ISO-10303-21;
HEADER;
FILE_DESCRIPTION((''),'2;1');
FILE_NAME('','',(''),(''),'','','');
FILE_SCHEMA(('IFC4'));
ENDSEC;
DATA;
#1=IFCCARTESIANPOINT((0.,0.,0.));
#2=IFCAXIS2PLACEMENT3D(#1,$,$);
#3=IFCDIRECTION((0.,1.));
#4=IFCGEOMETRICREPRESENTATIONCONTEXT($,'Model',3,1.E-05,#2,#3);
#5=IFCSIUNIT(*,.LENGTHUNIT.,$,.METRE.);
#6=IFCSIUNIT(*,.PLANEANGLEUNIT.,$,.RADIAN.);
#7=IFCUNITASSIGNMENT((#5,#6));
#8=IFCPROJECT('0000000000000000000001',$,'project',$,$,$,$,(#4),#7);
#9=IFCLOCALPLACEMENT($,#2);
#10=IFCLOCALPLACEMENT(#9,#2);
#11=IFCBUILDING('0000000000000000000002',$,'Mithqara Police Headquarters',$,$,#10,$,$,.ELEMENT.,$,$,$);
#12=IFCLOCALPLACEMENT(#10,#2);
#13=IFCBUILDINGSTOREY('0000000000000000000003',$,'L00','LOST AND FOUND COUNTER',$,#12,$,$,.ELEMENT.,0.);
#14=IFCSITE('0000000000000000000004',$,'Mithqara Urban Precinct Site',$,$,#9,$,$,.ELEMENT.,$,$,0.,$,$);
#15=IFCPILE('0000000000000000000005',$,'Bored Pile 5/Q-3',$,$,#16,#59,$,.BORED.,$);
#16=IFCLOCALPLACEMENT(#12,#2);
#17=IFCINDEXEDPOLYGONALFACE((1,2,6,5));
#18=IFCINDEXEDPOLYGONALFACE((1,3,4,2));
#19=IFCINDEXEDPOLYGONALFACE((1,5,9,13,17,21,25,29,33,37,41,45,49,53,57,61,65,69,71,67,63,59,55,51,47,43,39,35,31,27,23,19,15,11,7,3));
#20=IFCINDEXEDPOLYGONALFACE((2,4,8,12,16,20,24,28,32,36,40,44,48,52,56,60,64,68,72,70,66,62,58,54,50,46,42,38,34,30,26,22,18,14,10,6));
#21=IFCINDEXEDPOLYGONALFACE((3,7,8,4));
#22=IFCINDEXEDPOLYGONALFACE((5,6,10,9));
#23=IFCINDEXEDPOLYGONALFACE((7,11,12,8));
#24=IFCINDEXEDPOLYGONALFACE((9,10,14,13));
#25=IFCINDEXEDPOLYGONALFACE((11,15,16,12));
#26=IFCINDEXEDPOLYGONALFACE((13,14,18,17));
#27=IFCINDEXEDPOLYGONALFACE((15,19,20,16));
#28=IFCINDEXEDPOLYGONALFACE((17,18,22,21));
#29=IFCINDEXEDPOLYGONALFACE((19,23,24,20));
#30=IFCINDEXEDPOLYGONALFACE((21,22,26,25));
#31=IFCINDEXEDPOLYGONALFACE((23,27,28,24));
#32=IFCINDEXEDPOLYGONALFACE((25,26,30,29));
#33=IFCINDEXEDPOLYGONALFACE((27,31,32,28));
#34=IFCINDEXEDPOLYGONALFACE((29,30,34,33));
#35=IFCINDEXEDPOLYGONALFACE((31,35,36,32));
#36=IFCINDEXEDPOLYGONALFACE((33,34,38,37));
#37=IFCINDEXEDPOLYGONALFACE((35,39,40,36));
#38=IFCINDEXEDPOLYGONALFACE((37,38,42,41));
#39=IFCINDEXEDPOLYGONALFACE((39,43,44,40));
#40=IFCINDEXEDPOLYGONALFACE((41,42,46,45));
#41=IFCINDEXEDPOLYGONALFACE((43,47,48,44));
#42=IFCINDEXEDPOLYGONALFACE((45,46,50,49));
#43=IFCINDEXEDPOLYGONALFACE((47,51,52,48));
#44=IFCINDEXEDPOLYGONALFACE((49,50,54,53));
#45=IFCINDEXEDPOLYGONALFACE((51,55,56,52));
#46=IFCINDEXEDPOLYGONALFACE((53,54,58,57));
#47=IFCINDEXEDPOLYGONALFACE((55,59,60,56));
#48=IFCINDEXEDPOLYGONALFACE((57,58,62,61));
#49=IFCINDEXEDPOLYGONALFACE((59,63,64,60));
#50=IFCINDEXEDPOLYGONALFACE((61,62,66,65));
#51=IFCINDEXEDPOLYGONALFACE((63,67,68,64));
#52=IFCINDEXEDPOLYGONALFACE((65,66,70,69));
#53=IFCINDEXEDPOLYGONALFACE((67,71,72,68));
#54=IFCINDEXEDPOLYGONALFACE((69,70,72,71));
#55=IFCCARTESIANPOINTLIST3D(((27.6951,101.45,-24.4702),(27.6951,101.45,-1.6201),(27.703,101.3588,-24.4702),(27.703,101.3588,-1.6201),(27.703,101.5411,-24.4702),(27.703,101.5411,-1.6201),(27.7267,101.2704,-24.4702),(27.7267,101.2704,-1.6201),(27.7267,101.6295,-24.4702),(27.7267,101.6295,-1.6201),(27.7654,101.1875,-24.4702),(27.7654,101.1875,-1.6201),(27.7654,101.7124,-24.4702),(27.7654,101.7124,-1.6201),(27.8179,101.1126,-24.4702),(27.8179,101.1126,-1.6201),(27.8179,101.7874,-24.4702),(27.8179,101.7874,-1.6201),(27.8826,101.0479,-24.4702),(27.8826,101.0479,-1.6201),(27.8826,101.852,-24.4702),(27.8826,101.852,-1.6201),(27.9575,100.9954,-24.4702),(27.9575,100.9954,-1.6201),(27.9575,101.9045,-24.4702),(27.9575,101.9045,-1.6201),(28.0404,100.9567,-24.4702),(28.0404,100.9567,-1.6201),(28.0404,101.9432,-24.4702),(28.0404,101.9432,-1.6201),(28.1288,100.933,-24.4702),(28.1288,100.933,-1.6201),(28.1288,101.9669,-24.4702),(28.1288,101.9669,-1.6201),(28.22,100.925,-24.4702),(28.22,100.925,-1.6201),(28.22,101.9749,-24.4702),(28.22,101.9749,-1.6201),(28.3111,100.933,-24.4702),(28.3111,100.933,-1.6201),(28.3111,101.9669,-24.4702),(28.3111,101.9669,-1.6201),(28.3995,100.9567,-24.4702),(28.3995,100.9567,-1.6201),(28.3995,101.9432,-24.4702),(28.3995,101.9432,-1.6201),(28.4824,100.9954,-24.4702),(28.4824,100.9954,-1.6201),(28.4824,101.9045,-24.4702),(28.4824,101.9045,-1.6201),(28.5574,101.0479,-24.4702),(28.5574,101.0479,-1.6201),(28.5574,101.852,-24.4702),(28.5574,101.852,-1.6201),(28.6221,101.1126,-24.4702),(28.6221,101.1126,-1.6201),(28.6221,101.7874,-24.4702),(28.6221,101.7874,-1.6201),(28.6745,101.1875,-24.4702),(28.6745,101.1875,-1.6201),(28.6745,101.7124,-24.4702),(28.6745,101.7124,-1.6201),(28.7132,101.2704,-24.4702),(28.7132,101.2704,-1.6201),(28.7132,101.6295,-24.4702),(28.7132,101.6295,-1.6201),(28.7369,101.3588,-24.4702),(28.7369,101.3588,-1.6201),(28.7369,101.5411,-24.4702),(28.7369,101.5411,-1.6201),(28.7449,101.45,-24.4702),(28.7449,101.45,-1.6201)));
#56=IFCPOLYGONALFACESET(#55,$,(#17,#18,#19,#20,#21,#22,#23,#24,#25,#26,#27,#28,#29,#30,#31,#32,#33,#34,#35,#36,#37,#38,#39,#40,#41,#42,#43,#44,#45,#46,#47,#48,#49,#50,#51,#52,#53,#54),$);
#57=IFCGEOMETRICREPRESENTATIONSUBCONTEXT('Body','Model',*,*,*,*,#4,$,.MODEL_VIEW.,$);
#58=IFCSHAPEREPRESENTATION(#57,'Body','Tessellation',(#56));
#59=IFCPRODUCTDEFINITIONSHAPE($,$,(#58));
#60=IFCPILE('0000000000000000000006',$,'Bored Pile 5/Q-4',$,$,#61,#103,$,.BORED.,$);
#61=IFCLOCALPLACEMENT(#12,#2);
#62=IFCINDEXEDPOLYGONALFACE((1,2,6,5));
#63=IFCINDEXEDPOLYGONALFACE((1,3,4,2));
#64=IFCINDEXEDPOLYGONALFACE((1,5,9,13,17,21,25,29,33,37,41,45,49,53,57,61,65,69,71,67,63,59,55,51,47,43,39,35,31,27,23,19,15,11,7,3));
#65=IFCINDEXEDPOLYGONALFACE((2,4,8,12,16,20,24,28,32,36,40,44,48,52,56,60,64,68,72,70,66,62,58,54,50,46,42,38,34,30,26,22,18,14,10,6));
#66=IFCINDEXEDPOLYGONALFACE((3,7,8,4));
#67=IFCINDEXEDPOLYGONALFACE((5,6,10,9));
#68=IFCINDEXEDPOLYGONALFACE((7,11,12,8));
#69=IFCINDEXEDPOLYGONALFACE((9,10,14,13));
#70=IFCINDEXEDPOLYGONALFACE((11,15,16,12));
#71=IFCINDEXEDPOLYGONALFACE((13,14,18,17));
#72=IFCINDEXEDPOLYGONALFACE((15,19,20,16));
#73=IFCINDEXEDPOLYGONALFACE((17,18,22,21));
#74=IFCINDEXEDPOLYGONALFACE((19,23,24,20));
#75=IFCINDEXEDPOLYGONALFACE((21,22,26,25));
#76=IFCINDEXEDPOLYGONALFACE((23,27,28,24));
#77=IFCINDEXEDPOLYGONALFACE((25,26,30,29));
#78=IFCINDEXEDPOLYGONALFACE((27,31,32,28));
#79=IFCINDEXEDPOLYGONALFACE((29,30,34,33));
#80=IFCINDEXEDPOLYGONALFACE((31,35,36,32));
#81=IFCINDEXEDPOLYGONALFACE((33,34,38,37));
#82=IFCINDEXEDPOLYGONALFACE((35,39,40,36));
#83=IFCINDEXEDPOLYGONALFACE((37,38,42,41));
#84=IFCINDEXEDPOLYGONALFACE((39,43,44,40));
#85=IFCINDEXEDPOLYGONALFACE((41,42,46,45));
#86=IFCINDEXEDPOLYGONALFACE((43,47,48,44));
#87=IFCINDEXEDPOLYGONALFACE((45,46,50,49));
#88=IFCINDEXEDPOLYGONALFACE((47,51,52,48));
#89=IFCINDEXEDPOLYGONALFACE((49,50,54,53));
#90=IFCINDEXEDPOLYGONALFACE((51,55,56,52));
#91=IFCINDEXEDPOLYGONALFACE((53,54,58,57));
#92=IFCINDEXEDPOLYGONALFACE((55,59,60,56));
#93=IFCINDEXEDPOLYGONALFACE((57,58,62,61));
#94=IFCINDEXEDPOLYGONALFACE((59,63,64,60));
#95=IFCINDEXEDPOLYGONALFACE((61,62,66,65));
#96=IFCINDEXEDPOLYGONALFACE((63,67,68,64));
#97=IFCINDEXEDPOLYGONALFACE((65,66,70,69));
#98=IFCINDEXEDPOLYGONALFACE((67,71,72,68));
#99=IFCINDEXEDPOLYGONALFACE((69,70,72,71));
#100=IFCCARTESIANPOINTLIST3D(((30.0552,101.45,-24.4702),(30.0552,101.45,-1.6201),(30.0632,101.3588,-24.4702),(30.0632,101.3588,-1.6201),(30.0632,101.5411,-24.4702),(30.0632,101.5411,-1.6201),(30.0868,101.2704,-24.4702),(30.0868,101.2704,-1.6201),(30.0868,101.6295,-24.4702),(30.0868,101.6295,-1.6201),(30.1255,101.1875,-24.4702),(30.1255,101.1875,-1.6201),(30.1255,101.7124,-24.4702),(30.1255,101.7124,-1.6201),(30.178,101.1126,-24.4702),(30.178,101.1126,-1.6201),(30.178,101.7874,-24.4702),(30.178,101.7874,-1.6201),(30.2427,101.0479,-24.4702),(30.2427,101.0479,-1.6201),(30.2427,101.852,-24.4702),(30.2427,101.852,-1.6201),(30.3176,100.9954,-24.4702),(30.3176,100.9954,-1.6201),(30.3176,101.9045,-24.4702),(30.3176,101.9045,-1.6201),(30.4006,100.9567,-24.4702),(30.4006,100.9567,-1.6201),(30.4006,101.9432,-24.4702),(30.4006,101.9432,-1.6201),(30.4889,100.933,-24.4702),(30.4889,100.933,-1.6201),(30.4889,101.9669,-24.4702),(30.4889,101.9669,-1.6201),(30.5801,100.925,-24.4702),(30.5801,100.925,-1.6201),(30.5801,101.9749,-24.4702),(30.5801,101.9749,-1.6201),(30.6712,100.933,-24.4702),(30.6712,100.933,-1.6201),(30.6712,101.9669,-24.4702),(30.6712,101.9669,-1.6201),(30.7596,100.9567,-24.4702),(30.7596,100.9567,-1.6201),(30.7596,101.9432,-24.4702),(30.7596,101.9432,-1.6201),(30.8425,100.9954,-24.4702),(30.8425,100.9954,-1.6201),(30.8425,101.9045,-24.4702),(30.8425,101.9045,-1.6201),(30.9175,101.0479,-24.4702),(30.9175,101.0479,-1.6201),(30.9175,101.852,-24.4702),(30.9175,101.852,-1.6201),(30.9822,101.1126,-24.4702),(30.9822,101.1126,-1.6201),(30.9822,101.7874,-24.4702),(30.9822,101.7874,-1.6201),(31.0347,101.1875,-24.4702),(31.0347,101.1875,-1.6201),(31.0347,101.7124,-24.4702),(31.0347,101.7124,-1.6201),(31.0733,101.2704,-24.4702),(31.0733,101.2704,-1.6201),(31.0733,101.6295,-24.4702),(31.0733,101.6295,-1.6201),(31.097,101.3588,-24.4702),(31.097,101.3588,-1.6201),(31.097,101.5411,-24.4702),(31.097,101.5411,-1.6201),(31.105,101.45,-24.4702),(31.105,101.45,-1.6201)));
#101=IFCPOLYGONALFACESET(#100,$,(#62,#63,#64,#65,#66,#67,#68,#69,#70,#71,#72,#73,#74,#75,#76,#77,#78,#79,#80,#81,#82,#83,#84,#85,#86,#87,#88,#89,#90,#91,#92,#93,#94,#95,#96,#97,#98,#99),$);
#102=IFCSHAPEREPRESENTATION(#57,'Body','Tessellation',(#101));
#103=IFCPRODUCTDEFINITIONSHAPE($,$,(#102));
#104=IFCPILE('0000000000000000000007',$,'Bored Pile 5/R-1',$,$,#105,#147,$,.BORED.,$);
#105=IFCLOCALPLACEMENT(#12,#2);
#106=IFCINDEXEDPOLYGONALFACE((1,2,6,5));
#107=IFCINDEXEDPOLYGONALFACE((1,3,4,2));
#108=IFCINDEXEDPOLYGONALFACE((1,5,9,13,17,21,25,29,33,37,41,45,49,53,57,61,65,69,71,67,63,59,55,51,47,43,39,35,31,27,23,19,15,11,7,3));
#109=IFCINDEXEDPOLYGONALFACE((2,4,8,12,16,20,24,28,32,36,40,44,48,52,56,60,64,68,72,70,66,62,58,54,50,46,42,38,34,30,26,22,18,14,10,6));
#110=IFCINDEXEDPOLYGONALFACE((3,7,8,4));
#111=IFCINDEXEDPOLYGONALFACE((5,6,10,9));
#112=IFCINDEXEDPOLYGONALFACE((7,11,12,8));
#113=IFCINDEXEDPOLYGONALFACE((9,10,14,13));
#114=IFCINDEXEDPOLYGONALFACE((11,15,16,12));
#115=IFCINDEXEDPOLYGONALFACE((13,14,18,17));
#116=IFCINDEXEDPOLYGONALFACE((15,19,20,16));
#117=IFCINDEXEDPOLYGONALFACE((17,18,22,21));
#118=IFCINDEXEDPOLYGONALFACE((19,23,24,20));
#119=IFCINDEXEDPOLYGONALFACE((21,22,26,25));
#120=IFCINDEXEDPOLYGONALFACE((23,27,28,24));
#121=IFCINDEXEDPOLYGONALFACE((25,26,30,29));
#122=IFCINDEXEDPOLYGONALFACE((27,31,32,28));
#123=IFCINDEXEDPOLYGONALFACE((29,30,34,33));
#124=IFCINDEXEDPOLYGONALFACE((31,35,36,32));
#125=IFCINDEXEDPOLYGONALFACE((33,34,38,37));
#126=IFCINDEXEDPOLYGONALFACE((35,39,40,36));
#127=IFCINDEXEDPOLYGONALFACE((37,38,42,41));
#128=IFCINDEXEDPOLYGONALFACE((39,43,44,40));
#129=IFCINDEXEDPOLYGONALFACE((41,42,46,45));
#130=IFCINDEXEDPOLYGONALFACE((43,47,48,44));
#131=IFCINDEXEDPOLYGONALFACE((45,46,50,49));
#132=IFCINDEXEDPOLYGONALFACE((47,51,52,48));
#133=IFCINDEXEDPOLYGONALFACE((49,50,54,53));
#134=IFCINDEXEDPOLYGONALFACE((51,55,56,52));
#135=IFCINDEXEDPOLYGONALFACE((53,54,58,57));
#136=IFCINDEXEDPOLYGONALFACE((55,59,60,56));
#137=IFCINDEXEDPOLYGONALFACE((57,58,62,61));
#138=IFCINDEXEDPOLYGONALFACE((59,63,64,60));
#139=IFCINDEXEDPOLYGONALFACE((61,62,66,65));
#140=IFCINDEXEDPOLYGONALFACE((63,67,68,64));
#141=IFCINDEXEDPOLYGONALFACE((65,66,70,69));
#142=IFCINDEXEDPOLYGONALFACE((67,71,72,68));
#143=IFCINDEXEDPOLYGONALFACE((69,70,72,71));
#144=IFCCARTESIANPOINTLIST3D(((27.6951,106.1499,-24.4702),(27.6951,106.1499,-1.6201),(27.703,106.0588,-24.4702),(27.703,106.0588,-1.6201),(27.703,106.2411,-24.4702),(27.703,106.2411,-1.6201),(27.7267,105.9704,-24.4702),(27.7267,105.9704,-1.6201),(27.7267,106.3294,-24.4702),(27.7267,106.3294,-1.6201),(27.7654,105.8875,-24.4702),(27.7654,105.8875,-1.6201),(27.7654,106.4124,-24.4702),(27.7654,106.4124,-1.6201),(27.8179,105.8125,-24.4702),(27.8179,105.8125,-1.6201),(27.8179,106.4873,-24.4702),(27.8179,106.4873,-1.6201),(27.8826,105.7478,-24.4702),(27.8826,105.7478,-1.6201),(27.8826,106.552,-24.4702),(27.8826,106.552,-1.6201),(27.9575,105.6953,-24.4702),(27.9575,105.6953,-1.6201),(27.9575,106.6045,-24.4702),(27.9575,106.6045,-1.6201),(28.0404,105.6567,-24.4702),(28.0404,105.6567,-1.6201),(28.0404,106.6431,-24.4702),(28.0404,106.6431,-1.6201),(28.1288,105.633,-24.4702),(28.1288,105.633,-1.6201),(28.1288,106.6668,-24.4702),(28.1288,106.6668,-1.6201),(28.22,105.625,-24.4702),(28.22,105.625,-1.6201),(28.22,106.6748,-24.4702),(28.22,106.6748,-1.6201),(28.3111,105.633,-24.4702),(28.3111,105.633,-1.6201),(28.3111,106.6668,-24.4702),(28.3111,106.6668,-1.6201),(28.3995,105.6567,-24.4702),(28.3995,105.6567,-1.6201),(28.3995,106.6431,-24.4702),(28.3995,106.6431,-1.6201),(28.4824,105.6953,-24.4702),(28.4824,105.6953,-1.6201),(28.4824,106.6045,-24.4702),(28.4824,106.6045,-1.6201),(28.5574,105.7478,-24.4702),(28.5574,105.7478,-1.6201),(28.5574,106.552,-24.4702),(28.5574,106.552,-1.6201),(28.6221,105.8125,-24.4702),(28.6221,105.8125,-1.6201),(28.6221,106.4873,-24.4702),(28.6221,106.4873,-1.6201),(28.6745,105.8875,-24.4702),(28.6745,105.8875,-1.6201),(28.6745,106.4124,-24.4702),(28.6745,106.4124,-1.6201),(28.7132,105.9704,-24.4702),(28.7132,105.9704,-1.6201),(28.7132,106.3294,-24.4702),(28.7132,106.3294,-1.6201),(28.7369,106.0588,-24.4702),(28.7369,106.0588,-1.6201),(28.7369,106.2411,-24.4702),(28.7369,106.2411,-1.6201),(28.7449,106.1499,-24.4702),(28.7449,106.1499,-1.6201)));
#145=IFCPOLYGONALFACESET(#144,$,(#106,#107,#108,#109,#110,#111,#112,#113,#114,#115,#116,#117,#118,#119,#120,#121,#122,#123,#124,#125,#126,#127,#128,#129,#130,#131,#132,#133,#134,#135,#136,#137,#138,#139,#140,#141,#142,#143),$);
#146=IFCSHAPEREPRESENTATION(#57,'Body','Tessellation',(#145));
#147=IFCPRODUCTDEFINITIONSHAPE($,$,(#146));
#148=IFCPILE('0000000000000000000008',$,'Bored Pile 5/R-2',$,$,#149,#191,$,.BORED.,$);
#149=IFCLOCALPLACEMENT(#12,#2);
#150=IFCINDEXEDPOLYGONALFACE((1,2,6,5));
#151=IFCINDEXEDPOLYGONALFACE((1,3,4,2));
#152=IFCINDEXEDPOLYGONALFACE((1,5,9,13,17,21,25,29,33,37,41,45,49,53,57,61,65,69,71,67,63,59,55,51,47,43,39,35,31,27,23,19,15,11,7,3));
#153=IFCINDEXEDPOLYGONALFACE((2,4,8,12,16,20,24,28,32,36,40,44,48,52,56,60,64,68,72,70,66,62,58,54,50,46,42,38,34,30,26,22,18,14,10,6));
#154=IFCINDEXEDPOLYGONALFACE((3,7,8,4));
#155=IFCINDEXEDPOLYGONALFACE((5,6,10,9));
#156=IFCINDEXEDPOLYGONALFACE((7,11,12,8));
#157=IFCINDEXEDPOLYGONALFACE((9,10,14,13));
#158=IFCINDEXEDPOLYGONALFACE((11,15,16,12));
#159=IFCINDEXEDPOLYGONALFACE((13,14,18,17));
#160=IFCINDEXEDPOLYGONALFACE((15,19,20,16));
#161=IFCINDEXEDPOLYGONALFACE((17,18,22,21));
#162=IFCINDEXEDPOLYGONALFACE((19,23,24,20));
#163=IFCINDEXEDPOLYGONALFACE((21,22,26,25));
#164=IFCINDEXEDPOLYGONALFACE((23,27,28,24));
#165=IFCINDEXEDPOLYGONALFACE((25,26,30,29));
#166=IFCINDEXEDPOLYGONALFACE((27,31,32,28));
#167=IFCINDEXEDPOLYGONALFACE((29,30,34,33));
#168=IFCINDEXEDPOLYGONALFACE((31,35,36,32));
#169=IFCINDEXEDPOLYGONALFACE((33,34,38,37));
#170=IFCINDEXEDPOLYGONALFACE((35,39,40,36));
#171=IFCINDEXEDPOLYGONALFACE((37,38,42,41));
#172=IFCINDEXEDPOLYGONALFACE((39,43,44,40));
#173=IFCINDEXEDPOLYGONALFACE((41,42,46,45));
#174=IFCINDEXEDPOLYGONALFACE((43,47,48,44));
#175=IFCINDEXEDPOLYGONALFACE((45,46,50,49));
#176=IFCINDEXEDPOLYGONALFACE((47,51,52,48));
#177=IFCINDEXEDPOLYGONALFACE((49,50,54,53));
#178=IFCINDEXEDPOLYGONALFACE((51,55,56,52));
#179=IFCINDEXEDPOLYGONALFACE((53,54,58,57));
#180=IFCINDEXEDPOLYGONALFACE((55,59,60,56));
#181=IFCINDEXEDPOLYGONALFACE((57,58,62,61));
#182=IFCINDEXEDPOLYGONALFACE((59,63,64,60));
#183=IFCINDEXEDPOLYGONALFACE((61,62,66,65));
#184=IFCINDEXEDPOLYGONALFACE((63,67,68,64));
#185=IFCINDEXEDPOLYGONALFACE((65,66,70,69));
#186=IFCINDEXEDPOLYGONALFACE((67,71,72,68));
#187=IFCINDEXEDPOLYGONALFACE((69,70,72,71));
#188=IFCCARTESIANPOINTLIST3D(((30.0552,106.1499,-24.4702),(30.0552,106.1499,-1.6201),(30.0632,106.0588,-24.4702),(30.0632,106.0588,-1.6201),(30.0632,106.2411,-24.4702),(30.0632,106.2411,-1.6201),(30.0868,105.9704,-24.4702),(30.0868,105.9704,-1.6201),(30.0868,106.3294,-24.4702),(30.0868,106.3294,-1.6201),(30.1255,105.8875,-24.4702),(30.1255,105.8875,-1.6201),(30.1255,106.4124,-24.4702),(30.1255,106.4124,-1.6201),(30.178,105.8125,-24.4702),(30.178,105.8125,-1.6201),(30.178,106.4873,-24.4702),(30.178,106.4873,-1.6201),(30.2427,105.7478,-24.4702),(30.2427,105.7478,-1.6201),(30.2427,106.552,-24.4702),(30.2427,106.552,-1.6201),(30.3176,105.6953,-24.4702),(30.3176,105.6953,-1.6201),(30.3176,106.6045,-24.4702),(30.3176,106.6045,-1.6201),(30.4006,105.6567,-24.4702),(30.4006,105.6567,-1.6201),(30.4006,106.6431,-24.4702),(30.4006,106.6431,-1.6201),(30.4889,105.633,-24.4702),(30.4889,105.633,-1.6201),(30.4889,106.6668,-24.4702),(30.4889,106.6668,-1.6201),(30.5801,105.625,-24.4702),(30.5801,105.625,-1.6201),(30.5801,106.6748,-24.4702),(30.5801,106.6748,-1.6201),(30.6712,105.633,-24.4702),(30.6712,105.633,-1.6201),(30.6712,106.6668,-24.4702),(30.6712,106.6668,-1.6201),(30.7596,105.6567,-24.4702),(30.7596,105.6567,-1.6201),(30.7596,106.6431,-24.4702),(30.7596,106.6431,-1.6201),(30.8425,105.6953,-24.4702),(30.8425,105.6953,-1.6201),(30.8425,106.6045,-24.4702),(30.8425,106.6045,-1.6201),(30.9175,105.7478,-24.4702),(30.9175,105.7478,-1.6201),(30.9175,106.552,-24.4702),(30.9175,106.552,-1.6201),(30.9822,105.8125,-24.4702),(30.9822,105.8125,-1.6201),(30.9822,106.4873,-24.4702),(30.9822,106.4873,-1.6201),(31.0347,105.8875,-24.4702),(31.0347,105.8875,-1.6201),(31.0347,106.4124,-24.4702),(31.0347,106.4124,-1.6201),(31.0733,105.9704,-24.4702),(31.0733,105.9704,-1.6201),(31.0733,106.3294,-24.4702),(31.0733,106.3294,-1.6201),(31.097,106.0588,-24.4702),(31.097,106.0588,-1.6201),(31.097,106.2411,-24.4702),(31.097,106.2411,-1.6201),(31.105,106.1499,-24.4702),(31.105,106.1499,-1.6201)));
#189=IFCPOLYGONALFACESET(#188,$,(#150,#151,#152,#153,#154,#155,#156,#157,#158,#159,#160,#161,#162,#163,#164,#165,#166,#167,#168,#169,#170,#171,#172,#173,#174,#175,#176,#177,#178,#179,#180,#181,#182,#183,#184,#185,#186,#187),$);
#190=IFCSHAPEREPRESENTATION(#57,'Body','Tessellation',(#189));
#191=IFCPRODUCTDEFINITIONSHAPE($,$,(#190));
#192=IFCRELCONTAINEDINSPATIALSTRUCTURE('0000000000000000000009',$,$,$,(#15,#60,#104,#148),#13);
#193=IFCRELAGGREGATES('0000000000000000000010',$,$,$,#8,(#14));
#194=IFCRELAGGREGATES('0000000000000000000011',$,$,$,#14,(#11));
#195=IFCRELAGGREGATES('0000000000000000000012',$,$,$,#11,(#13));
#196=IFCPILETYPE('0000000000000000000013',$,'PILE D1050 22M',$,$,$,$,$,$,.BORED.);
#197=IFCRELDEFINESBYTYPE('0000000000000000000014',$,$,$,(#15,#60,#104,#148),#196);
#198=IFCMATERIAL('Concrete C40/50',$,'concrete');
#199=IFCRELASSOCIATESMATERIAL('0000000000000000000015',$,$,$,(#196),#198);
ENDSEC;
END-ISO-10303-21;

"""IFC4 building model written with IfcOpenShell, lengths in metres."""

from ifc_helpers import new_model, si_unit, direction, frame, origin, origin_2d, place, context, subcontext, project, spatial, circle, extrude, material, material_profile, profile_set, type_object, element, save


model = new_model("IFC4")

# Units and contexts
model_context = context("Model", 3, precision=1e-05, world=origin(), true_north=direction((0.0, 1.0)))
body_context = subcontext(model_context, "Body", "Model", "MODEL_VIEW")
ifc_project = project(units=[si_unit("LENGTHUNIT", "METRE"), si_unit("PLANEANGLEUNIT", "RADIAN")], contexts=[model_context])

# Site, building, storey
site_placement = place(None, origin())
site = spatial("IfcSite", under=ifc_project, at=site_placement, Name="Mithqara Urban Precinct Site", CompositionType="ELEMENT", RefElevation=0.0)
building_placement = place(site_placement, origin())
building = spatial("IfcBuilding", under=site, at=building_placement, Name="Mithqara Police Headquarters", CompositionType="ELEMENT")
storey_placement = place(building_placement, origin())
storey = spatial("IfcBuildingStorey", under=building, at=storey_placement, Name="L00", Description="LOST AND FOUND COUNTER", CompositionType="ELEMENT", Elevation=0.0)

# Shared definitions
ifc_material_1 = material(Name="Concrete C40/50", Category="concrete")

# Piles
ifc_material_profile_1 = material_profile(ifc_material_1, circle(Radius=0.5249, at=origin_2d()), Name="PILE D1050")
ifc_profile_set_1 = profile_set([ifc_material_profile_1], Name="Concrete C40/50")
pile_type = type_object("IfcPileType", Name="PILE D1050 22M", PredefinedType="BORED", material=ifc_profile_set_1)
for number, where, z_axis, x_axis, name in (
    (1, (28.22, 101.45, -1.6201), (0.0, 0.0, -1.0), (1.0, 0.0, 0.0), "Bored Pile 5/Q-3"),
    (2, (30.5801, 101.45, -1.6201), (0.0, 0.0, -1.0), (1.0, 0.0, 0.0), "Bored Pile 5/Q-4"),
    (3, (28.22, 106.1499, -1.6201), (0.0, 0.0, -1.0), (1.0, 0.0, 0.0), "Bored Pile 5/R-1"),
    (4, (30.5801, 106.1499, -1.6201), (0.0, 0.0, -1.0), (1.0, 0.0, 0.0), "Bored Pile 5/R-2"),
):
    element("IfcPile", number, at=place(storey_placement, frame(where, z_axis=z_axis, x_axis=x_axis)), inside=storey, type_object=pile_type, Name=name, PredefinedType="BORED", context=body_context, shape_type="SweptSolid", body=[
        extrude(circle(Radius=0.5249, at=origin_2d()), origin(), (0.0, 0.0, 1.0), 22.8501),
    ])

save(model, "model.ifc")
